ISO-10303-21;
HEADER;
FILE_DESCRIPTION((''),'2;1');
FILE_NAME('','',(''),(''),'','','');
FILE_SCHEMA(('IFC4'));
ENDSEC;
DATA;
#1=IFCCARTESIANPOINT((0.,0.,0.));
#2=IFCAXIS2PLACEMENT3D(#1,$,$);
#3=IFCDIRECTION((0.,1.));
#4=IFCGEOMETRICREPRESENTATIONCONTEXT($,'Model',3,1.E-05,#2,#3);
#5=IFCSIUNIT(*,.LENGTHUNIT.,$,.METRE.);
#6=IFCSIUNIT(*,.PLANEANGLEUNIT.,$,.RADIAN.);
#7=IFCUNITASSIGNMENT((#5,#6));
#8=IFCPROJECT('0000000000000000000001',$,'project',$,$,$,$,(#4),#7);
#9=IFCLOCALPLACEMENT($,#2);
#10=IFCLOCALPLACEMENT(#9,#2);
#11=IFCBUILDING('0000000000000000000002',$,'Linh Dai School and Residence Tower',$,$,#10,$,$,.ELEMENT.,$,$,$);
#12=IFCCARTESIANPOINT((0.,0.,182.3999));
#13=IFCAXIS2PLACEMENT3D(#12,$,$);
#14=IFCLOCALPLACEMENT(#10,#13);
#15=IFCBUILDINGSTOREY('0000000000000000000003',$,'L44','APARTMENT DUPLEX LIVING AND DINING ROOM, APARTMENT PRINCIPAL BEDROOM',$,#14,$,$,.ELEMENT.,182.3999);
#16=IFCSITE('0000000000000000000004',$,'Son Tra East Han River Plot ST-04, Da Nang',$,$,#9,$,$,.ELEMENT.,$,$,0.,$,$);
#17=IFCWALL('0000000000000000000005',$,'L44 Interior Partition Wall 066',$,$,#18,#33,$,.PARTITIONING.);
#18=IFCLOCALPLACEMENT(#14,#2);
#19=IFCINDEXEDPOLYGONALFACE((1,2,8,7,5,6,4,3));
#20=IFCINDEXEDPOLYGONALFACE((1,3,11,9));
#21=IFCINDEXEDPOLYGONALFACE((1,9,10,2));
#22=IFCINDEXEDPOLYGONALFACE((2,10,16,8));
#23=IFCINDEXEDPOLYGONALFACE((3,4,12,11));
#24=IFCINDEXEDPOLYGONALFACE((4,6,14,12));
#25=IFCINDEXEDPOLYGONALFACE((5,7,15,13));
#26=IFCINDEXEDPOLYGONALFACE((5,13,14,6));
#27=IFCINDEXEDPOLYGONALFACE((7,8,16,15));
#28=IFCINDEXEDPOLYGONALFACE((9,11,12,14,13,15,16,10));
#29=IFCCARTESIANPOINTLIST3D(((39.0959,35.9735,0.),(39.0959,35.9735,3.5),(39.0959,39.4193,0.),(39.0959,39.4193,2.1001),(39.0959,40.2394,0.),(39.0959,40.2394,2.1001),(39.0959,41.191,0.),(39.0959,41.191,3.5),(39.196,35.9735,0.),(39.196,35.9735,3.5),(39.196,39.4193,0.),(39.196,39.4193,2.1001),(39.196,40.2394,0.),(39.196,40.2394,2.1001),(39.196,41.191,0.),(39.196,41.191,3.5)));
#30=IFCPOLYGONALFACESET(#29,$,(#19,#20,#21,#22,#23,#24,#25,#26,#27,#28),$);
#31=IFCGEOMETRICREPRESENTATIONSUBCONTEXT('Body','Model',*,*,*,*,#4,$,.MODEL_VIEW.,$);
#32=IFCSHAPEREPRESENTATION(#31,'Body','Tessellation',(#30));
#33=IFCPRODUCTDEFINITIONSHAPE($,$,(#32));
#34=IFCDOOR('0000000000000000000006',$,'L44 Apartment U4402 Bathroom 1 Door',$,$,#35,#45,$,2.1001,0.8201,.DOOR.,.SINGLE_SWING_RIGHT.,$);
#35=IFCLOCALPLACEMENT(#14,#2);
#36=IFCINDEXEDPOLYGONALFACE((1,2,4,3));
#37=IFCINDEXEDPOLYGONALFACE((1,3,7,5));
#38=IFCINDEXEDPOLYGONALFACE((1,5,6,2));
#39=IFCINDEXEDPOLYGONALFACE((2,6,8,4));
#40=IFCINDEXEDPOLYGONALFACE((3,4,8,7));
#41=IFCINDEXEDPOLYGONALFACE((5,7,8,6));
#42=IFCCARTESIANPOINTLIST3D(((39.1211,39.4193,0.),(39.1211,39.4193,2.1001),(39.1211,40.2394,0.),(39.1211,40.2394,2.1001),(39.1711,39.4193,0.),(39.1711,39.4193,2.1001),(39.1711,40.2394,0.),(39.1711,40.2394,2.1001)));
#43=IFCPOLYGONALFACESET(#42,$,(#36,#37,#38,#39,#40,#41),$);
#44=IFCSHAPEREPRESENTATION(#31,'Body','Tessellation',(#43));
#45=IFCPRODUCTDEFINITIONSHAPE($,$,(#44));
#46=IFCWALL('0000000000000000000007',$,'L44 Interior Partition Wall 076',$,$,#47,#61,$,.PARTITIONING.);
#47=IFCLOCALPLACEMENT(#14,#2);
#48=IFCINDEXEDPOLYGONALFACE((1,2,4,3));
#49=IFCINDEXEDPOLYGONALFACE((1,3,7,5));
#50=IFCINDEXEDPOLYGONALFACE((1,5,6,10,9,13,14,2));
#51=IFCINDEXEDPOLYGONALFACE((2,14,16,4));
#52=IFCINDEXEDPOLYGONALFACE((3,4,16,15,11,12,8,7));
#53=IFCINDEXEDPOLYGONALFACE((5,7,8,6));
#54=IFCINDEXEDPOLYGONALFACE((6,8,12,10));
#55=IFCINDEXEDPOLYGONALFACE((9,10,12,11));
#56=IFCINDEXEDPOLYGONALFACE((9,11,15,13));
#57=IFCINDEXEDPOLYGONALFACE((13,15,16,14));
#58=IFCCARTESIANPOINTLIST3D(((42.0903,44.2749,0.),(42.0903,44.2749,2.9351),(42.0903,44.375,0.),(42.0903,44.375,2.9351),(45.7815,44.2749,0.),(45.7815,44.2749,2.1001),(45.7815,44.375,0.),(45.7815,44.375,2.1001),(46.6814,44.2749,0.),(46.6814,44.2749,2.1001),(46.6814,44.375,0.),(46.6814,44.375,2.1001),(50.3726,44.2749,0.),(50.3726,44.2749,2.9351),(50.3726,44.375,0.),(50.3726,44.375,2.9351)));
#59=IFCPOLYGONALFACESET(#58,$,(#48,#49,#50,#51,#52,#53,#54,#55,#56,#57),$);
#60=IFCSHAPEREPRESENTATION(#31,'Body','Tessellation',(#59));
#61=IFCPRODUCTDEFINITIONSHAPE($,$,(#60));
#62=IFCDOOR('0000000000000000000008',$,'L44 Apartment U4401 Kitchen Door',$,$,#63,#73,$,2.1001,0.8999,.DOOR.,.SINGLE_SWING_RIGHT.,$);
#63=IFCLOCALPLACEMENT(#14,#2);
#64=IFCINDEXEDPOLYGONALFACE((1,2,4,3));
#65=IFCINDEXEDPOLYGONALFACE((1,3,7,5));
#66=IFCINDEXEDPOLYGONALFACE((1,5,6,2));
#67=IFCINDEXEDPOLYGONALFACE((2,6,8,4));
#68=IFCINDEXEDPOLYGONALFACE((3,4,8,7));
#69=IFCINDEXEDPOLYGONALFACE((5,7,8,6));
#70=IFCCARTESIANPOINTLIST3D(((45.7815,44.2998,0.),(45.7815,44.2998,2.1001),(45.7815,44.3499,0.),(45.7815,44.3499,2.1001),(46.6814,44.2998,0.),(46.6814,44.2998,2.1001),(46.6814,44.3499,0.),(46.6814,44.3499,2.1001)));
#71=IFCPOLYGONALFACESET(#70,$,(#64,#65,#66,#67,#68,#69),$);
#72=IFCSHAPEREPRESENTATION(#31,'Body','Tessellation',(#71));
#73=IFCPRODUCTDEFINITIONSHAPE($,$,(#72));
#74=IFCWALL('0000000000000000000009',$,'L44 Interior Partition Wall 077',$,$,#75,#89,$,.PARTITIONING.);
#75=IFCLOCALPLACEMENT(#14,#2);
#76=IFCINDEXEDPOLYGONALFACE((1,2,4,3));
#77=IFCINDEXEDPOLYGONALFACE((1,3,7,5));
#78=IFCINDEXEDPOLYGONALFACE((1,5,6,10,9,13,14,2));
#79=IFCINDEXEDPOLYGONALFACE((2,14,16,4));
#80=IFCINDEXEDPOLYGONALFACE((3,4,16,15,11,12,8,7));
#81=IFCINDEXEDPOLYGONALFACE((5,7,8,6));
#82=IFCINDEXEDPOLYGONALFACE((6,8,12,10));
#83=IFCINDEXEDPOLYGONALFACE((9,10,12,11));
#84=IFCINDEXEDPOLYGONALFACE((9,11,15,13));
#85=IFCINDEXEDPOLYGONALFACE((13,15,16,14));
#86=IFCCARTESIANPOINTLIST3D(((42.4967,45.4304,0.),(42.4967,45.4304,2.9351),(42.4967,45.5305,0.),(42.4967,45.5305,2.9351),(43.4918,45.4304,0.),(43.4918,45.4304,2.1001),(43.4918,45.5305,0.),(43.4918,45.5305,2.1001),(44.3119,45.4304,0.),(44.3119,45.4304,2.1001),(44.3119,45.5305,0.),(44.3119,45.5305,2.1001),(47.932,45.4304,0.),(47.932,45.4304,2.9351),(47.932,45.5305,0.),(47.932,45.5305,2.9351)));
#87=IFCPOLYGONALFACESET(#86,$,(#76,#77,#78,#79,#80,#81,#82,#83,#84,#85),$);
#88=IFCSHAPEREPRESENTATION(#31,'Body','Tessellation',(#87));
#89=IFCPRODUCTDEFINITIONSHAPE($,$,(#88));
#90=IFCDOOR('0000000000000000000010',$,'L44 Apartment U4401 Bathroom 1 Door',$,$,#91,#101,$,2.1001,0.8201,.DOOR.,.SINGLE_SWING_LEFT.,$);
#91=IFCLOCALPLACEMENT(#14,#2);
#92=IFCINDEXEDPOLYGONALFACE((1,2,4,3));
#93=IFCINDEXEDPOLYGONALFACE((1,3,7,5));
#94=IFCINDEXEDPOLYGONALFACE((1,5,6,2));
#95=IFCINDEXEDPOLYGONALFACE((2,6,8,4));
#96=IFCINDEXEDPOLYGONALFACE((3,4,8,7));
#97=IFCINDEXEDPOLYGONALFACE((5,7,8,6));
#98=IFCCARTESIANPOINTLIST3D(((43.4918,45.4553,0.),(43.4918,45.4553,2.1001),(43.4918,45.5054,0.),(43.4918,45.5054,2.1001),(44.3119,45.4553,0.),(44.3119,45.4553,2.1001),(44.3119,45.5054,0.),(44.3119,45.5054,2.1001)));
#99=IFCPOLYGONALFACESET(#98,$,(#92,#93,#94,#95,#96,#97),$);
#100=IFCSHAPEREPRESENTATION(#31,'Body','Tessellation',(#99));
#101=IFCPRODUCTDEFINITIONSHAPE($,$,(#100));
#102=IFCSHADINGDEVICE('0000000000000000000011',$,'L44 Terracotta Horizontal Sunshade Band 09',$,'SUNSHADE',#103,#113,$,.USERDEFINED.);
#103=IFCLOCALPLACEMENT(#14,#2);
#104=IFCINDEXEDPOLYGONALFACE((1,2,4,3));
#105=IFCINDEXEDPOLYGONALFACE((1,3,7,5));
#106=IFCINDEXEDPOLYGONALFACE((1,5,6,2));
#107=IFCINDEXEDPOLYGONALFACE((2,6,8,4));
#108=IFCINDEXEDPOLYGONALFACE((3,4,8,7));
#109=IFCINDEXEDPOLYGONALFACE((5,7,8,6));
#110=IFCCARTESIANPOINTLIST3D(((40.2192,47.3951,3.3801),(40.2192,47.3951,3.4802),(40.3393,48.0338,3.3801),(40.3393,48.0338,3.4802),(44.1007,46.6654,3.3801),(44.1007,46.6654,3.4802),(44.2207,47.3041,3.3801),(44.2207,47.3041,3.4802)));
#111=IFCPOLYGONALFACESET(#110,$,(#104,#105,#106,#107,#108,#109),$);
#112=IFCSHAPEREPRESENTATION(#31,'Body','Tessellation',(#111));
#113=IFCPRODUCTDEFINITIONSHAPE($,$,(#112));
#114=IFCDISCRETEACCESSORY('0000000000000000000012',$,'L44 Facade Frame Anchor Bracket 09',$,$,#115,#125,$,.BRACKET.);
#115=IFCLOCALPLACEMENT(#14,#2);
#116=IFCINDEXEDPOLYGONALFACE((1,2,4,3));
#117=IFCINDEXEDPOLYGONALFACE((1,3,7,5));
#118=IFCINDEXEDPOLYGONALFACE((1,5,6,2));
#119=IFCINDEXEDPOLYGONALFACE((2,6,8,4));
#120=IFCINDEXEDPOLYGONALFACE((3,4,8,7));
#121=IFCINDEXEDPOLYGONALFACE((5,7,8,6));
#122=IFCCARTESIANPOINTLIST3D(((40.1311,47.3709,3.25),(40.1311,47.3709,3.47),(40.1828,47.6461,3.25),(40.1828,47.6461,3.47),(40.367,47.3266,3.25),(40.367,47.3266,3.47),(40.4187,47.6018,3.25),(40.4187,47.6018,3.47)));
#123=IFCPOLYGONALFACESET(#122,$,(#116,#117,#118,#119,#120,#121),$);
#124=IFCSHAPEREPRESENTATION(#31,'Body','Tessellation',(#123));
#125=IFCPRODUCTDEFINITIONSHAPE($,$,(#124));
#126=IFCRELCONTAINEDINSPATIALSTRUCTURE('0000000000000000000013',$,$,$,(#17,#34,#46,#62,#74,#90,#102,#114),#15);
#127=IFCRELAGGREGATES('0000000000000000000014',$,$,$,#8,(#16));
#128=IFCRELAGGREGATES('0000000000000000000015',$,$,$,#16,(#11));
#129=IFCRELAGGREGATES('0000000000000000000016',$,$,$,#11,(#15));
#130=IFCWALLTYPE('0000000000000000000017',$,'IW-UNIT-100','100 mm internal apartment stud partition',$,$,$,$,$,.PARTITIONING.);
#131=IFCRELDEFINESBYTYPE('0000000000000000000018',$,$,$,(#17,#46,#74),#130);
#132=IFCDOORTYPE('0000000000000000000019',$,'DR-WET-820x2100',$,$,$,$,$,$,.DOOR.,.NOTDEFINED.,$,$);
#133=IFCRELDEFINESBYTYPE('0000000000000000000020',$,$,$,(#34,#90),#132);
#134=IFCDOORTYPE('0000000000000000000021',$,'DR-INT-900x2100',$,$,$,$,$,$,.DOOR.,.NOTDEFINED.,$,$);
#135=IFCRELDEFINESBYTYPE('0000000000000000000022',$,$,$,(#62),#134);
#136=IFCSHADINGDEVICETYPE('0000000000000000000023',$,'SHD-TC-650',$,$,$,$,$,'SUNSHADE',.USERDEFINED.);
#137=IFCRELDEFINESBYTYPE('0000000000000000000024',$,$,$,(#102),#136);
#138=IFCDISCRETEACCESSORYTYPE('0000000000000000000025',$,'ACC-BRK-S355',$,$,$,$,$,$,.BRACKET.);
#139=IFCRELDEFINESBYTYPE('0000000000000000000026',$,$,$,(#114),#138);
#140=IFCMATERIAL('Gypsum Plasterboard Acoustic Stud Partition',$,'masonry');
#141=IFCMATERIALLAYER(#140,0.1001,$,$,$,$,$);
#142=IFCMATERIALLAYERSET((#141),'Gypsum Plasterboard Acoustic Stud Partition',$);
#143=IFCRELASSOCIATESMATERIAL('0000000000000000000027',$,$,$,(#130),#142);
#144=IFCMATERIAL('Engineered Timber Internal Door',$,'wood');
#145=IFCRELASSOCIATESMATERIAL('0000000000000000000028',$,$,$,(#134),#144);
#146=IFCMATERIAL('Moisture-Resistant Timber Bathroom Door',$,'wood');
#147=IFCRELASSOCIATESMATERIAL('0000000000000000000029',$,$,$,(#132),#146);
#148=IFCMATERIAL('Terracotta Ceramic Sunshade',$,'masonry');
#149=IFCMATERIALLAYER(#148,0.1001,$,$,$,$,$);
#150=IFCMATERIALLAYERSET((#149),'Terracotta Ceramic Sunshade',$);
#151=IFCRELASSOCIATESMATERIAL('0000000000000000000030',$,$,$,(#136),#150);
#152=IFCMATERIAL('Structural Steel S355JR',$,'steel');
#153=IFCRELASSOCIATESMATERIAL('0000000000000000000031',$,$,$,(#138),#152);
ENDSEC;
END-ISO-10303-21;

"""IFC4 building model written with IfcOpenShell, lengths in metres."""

from ifc_helpers import new_model, si_unit, direction, frame, frame_2d, origin, origin_2d, place, context, subcontext, project, spatial, rectangle, extrude, source, transform, mapped, material, layer, layer_set, type_object, element, fill, save


model = new_model("IFC4")

# Units and contexts
model_context = context("Model", 3, precision=1e-05, world=origin(), true_north=direction((0.0, 1.0)))
body_context = subcontext(model_context, "Body", "Model", "MODEL_VIEW")
ifc_project = project(units=[si_unit("LENGTHUNIT", "METRE"), si_unit("PLANEANGLEUNIT", "RADIAN")], contexts=[model_context])

# Site, building, storey
site_placement = place(None, origin())
site = spatial("IfcSite", under=ifc_project, at=site_placement, Name="Son Tra East Han River Plot ST-04, Da Nang", CompositionType="ELEMENT", RefElevation=0.0)
building_placement = place(site_placement, origin())
building = spatial("IfcBuilding", under=site, at=building_placement, Name="Linh Dai School and Residence Tower", CompositionType="ELEMENT")
storey_placement = place(building_placement, frame((0.0, 0.0, 182.3999)))
storey = spatial("IfcBuildingStorey", under=building, at=storey_placement, Name="L44", Description="APARTMENT DUPLEX LIVING AND DINING ROOM, APARTMENT PRINCIPAL BEDROOM", CompositionType="ELEMENT", Elevation=182.3999)

# Shared definitions
ifc_material_1 = material(Name="Gypsum Plasterboard Acoustic Stud Partition", Category="masonry")
ifc_layer_1 = layer(ifc_material_1, 0.1001)
ifc_layer_set_1 = layer_set([ifc_layer_1], Name="Gypsum Plasterboard Acoustic Stud Partition")
wall_type_1 = type_object("IfcWallType", Name="IW-UNIT-100", Description="100 mm internal apartment stud partition", PredefinedType="PARTITIONING", material=ifc_layer_set_1)
ifc_material_2 = material(Name="Engineered Timber Internal Door", Category="wood")
door_type_1 = type_object("IfcDoorType", Name="DR-INT-900x2100", OperationType="NOTDEFINED", PredefinedType="DOOR", material=ifc_material_2)
shared_shape_1 = source(origin(), body_context, "Body", "SweptSolid", [
    extrude(rectangle(XDim=0.8999, YDim=2.1001, at=origin_2d()), frame((0.45, 0.0249, 1.05), z_axis=(0.0, -1.0, 0.0), x_axis=(1.0, 0.0, 0.0)), (0.0, 0.0, 1.0), 0.05),
])

# Walls, openings, doors
wall_1_placement = place(storey_placement, frame((39.146, 35.9734, 0.0), z_axis=(0.0, 0.0, 1.0), x_axis=(0.0, 1.0, 0.0)))
wall_1 = element("IfcWall", 1, at=wall_1_placement, inside=storey, type_object=wall_type_1, Name="L44 Interior Partition Wall 066", PredefinedType="PARTITIONING", context=body_context, shape_type="SweptSolid", body=[
    extrude(rectangle(XDim=5.2175, YDim=0.1001, at=frame_2d((2.6089, 0.0))), origin(), (0.0, 0.0, 1.0), 3.5),
])
opening_1_placement = place(wall_1_placement, frame((3.4458, 0.0, 0.0)))
opening_1 = element("IfcOpeningElement", 2, at=opening_1_placement, cuts=wall_1, PredefinedType="OPENING", context=body_context, shape_type="SweptSolid", body=[
    extrude(rectangle(XDim=0.8201, YDim=2.1001, at=origin_2d()), frame((0.4102, 0.0601, 1.05), z_axis=(0.0, -1.0, 0.0), x_axis=(1.0, 0.0, 0.0)), (0.0, 0.0, 1.0), 0.1201),
])
ifc_material_3 = material(Name="Moisture-Resistant Timber Bathroom Door", Category="wood")
door_type_2 = type_object("IfcDoorType", Name="DR-WET-820x2100", OperationType="NOTDEFINED", PredefinedType="DOOR", material=ifc_material_3)
shared_shape_2 = source(origin(), body_context, "Body", "SweptSolid", [
    extrude(rectangle(XDim=0.8201, YDim=2.1001, at=origin_2d()), frame((0.4102, 0.0249, 1.05), z_axis=(0.0, -1.0, 0.0), x_axis=(1.0, 0.0, 0.0)), (0.0, 0.0, 1.0), 0.05),
])
door_1_placement = place(opening_1_placement, origin())
door_1 = element("IfcDoor", 3, at=door_1_placement, inside=storey, type_object=door_type_2, Name="L44 Apartment U4402 Bathroom 1 Door", OperationType="SINGLE_SWING_RIGHT", OverallHeight=2.1001, OverallWidth=0.8201, PredefinedType="DOOR", context=body_context, shape_type="MappedRepresentation", body=[
    mapped(shared_shape_2, transform((0.0, 0.0, 0.0), x_axis=(1.0, 0.0, 0.0), y_axis=(0.0, 1.0, 0.0), z_axis=(0.0, 0.0, 1.0), scale=1.0)),
])
fill(opening_1, door_1)
wall_2_placement = place(storey_placement, frame((42.0903, 44.325, 0.0), z_axis=(0.0, 0.0, 1.0), x_axis=(1.0, 0.0, 0.0)))
wall_2 = element("IfcWall", 4, at=wall_2_placement, inside=storey, type_object=wall_type_1, Name="L44 Interior Partition Wall 076", PredefinedType="PARTITIONING", context=body_context, shape_type="SweptSolid", body=[
    extrude(rectangle(XDim=8.2822, YDim=0.1001, at=frame_2d((4.1411, 0.0))), origin(), (0.0, 0.0, 1.0), 2.9351),
])
opening_2_placement = place(wall_2_placement, frame((3.6912, 0.0, 0.0)))
opening_2 = element("IfcOpeningElement", 5, at=opening_2_placement, cuts=wall_2, PredefinedType="OPENING", context=body_context, shape_type="SweptSolid", body=[
    extrude(rectangle(XDim=0.8999, YDim=2.1001, at=origin_2d()), frame((0.45, 0.0601, 1.05), z_axis=(0.0, -1.0, 0.0), x_axis=(1.0, 0.0, 0.0)), (0.0, 0.0, 1.0), 0.1201),
])
door_2_placement = place(opening_2_placement, origin())
door_2 = element("IfcDoor", 6, at=door_2_placement, inside=storey, type_object=door_type_1, Name="L44 Apartment U4401 Kitchen Door", OperationType="SINGLE_SWING_RIGHT", OverallHeight=2.1001, OverallWidth=0.8999, PredefinedType="DOOR", context=body_context, shape_type="MappedRepresentation", body=[
    mapped(shared_shape_1, transform((0.0, 0.0, 0.0), x_axis=(1.0, 0.0, 0.0), y_axis=(0.0, 1.0, 0.0), z_axis=(0.0, 0.0, 1.0), scale=1.0)),
])
fill(opening_2, door_2)
wall_3_placement = place(storey_placement, frame((42.4966, 45.4805, 0.0), z_axis=(0.0, 0.0, 1.0), x_axis=(1.0, 0.0, 0.0)))
wall_3 = element("IfcWall", 7, at=wall_3_placement, inside=storey, type_object=wall_type_1, Name="L44 Interior Partition Wall 077", PredefinedType="PARTITIONING", context=body_context, shape_type="SweptSolid", body=[
    extrude(rectangle(XDim=5.4353, YDim=0.1001, at=frame_2d((2.7178, 0.0))), origin(), (0.0, 0.0, 1.0), 2.9351),
])
opening_3_placement = place(wall_3_placement, frame((0.9951, 0.0, 0.0)))
opening_3 = element("IfcOpeningElement", 8, at=opening_3_placement, cuts=wall_3, PredefinedType="OPENING", context=body_context, shape_type="SweptSolid", body=[
    extrude(rectangle(XDim=0.8201, YDim=2.1001, at=origin_2d()), frame((0.4102, 0.0601, 1.05), z_axis=(0.0, -1.0, 0.0), x_axis=(1.0, 0.0, 0.0)), (0.0, 0.0, 1.0), 0.1201),
])
door_3_placement = place(opening_3_placement, origin())
door_3 = element("IfcDoor", 9, at=door_3_placement, inside=storey, type_object=door_type_2, Name="L44 Apartment U4401 Bathroom 1 Door", OperationType="SINGLE_SWING_LEFT", OverallHeight=2.1001, OverallWidth=0.8201, PredefinedType="DOOR", context=body_context, shape_type="MappedRepresentation", body=[
    mapped(shared_shape_2, transform((0.0, 0.0, 0.0), x_axis=(1.0, 0.0, 0.0), y_axis=(0.0, 1.0, 0.0), z_axis=(0.0, 0.0, 1.0), scale=1.0)),
])
fill(opening_3, door_3)

# Shading device
ifc_material_4 = material(Name="Terracotta Ceramic Sunshade", Category="masonry")
ifc_layer_2 = layer(ifc_material_4, 0.1001)
ifc_layer_set_2 = layer_set([ifc_layer_2], Name="Terracotta Ceramic Sunshade")
shading_device_type = type_object("IfcShadingDeviceType", Name="SHD-TC-650", ElementType="SUNSHADE", PredefinedType="USERDEFINED", material=ifc_layer_set_2)
shared_shape_3 = source(origin(), body_context, "Body", "SweptSolid", [
    extrude(rectangle(XDim=3.9495, YDim=0.6499, at=origin_2d()), origin(), (0.0, 0.0, 1.0), 0.1001),
])
shading_device_placement = place(storey_placement, frame((42.22, 47.3496, 3.3801), z_axis=(0.0, 0.0, 1.0), x_axis=(0.982783, -0.184763, 0.0)))
element("IfcShadingDevice", 10, at=shading_device_placement, inside=storey, type_object=shading_device_type, Name="L44 Terracotta Horizontal Sunshade Band 09", ObjectType="SUNSHADE", PredefinedType="USERDEFINED", context=body_context, shape_type="MappedRepresentation", body=[
    mapped(shared_shape_3, transform((0.0, 0.0, 0.0), x_axis=(1.0, 0.0, 0.0), y_axis=(0.0, 1.0, 0.0), z_axis=(0.0, 0.0, 1.0), scale=1.0)),
])

# Discrete accessory
ifc_material_5 = material(Name="Structural Steel S355JR", Category="steel")
discrete_accessory_type = type_object("IfcDiscreteAccessoryType", Name="ACC-BRK-S355", PredefinedType="BRACKET", material=ifc_material_5)
shared_shape_4 = source(origin(), body_context, "Body", "SweptSolid", [
    extrude(rectangle(XDim=0.28, YDim=0.24, at=origin_2d()), origin(), (0.0, 0.0, 1.0), 0.22),
])
discrete_accessory_placement = place(storey_placement, frame((40.2749, 47.4863, 3.25), z_axis=(0.0, 0.0, 1.0), x_axis=(0.184763, 0.982783, 0.0)))
element("IfcDiscreteAccessory", 11, at=discrete_accessory_placement, inside=storey, type_object=discrete_accessory_type, Name="L44 Facade Frame Anchor Bracket 09", PredefinedType="BRACKET", context=body_context, shape_type="MappedRepresentation", body=[
    mapped(shared_shape_4, transform((0.0, 0.0, 0.0), x_axis=(1.0, 0.0, 0.0), y_axis=(0.0, 1.0, 0.0), z_axis=(0.0, 0.0, 1.0), scale=1.0)),
])

save(model, "model.ifc")
